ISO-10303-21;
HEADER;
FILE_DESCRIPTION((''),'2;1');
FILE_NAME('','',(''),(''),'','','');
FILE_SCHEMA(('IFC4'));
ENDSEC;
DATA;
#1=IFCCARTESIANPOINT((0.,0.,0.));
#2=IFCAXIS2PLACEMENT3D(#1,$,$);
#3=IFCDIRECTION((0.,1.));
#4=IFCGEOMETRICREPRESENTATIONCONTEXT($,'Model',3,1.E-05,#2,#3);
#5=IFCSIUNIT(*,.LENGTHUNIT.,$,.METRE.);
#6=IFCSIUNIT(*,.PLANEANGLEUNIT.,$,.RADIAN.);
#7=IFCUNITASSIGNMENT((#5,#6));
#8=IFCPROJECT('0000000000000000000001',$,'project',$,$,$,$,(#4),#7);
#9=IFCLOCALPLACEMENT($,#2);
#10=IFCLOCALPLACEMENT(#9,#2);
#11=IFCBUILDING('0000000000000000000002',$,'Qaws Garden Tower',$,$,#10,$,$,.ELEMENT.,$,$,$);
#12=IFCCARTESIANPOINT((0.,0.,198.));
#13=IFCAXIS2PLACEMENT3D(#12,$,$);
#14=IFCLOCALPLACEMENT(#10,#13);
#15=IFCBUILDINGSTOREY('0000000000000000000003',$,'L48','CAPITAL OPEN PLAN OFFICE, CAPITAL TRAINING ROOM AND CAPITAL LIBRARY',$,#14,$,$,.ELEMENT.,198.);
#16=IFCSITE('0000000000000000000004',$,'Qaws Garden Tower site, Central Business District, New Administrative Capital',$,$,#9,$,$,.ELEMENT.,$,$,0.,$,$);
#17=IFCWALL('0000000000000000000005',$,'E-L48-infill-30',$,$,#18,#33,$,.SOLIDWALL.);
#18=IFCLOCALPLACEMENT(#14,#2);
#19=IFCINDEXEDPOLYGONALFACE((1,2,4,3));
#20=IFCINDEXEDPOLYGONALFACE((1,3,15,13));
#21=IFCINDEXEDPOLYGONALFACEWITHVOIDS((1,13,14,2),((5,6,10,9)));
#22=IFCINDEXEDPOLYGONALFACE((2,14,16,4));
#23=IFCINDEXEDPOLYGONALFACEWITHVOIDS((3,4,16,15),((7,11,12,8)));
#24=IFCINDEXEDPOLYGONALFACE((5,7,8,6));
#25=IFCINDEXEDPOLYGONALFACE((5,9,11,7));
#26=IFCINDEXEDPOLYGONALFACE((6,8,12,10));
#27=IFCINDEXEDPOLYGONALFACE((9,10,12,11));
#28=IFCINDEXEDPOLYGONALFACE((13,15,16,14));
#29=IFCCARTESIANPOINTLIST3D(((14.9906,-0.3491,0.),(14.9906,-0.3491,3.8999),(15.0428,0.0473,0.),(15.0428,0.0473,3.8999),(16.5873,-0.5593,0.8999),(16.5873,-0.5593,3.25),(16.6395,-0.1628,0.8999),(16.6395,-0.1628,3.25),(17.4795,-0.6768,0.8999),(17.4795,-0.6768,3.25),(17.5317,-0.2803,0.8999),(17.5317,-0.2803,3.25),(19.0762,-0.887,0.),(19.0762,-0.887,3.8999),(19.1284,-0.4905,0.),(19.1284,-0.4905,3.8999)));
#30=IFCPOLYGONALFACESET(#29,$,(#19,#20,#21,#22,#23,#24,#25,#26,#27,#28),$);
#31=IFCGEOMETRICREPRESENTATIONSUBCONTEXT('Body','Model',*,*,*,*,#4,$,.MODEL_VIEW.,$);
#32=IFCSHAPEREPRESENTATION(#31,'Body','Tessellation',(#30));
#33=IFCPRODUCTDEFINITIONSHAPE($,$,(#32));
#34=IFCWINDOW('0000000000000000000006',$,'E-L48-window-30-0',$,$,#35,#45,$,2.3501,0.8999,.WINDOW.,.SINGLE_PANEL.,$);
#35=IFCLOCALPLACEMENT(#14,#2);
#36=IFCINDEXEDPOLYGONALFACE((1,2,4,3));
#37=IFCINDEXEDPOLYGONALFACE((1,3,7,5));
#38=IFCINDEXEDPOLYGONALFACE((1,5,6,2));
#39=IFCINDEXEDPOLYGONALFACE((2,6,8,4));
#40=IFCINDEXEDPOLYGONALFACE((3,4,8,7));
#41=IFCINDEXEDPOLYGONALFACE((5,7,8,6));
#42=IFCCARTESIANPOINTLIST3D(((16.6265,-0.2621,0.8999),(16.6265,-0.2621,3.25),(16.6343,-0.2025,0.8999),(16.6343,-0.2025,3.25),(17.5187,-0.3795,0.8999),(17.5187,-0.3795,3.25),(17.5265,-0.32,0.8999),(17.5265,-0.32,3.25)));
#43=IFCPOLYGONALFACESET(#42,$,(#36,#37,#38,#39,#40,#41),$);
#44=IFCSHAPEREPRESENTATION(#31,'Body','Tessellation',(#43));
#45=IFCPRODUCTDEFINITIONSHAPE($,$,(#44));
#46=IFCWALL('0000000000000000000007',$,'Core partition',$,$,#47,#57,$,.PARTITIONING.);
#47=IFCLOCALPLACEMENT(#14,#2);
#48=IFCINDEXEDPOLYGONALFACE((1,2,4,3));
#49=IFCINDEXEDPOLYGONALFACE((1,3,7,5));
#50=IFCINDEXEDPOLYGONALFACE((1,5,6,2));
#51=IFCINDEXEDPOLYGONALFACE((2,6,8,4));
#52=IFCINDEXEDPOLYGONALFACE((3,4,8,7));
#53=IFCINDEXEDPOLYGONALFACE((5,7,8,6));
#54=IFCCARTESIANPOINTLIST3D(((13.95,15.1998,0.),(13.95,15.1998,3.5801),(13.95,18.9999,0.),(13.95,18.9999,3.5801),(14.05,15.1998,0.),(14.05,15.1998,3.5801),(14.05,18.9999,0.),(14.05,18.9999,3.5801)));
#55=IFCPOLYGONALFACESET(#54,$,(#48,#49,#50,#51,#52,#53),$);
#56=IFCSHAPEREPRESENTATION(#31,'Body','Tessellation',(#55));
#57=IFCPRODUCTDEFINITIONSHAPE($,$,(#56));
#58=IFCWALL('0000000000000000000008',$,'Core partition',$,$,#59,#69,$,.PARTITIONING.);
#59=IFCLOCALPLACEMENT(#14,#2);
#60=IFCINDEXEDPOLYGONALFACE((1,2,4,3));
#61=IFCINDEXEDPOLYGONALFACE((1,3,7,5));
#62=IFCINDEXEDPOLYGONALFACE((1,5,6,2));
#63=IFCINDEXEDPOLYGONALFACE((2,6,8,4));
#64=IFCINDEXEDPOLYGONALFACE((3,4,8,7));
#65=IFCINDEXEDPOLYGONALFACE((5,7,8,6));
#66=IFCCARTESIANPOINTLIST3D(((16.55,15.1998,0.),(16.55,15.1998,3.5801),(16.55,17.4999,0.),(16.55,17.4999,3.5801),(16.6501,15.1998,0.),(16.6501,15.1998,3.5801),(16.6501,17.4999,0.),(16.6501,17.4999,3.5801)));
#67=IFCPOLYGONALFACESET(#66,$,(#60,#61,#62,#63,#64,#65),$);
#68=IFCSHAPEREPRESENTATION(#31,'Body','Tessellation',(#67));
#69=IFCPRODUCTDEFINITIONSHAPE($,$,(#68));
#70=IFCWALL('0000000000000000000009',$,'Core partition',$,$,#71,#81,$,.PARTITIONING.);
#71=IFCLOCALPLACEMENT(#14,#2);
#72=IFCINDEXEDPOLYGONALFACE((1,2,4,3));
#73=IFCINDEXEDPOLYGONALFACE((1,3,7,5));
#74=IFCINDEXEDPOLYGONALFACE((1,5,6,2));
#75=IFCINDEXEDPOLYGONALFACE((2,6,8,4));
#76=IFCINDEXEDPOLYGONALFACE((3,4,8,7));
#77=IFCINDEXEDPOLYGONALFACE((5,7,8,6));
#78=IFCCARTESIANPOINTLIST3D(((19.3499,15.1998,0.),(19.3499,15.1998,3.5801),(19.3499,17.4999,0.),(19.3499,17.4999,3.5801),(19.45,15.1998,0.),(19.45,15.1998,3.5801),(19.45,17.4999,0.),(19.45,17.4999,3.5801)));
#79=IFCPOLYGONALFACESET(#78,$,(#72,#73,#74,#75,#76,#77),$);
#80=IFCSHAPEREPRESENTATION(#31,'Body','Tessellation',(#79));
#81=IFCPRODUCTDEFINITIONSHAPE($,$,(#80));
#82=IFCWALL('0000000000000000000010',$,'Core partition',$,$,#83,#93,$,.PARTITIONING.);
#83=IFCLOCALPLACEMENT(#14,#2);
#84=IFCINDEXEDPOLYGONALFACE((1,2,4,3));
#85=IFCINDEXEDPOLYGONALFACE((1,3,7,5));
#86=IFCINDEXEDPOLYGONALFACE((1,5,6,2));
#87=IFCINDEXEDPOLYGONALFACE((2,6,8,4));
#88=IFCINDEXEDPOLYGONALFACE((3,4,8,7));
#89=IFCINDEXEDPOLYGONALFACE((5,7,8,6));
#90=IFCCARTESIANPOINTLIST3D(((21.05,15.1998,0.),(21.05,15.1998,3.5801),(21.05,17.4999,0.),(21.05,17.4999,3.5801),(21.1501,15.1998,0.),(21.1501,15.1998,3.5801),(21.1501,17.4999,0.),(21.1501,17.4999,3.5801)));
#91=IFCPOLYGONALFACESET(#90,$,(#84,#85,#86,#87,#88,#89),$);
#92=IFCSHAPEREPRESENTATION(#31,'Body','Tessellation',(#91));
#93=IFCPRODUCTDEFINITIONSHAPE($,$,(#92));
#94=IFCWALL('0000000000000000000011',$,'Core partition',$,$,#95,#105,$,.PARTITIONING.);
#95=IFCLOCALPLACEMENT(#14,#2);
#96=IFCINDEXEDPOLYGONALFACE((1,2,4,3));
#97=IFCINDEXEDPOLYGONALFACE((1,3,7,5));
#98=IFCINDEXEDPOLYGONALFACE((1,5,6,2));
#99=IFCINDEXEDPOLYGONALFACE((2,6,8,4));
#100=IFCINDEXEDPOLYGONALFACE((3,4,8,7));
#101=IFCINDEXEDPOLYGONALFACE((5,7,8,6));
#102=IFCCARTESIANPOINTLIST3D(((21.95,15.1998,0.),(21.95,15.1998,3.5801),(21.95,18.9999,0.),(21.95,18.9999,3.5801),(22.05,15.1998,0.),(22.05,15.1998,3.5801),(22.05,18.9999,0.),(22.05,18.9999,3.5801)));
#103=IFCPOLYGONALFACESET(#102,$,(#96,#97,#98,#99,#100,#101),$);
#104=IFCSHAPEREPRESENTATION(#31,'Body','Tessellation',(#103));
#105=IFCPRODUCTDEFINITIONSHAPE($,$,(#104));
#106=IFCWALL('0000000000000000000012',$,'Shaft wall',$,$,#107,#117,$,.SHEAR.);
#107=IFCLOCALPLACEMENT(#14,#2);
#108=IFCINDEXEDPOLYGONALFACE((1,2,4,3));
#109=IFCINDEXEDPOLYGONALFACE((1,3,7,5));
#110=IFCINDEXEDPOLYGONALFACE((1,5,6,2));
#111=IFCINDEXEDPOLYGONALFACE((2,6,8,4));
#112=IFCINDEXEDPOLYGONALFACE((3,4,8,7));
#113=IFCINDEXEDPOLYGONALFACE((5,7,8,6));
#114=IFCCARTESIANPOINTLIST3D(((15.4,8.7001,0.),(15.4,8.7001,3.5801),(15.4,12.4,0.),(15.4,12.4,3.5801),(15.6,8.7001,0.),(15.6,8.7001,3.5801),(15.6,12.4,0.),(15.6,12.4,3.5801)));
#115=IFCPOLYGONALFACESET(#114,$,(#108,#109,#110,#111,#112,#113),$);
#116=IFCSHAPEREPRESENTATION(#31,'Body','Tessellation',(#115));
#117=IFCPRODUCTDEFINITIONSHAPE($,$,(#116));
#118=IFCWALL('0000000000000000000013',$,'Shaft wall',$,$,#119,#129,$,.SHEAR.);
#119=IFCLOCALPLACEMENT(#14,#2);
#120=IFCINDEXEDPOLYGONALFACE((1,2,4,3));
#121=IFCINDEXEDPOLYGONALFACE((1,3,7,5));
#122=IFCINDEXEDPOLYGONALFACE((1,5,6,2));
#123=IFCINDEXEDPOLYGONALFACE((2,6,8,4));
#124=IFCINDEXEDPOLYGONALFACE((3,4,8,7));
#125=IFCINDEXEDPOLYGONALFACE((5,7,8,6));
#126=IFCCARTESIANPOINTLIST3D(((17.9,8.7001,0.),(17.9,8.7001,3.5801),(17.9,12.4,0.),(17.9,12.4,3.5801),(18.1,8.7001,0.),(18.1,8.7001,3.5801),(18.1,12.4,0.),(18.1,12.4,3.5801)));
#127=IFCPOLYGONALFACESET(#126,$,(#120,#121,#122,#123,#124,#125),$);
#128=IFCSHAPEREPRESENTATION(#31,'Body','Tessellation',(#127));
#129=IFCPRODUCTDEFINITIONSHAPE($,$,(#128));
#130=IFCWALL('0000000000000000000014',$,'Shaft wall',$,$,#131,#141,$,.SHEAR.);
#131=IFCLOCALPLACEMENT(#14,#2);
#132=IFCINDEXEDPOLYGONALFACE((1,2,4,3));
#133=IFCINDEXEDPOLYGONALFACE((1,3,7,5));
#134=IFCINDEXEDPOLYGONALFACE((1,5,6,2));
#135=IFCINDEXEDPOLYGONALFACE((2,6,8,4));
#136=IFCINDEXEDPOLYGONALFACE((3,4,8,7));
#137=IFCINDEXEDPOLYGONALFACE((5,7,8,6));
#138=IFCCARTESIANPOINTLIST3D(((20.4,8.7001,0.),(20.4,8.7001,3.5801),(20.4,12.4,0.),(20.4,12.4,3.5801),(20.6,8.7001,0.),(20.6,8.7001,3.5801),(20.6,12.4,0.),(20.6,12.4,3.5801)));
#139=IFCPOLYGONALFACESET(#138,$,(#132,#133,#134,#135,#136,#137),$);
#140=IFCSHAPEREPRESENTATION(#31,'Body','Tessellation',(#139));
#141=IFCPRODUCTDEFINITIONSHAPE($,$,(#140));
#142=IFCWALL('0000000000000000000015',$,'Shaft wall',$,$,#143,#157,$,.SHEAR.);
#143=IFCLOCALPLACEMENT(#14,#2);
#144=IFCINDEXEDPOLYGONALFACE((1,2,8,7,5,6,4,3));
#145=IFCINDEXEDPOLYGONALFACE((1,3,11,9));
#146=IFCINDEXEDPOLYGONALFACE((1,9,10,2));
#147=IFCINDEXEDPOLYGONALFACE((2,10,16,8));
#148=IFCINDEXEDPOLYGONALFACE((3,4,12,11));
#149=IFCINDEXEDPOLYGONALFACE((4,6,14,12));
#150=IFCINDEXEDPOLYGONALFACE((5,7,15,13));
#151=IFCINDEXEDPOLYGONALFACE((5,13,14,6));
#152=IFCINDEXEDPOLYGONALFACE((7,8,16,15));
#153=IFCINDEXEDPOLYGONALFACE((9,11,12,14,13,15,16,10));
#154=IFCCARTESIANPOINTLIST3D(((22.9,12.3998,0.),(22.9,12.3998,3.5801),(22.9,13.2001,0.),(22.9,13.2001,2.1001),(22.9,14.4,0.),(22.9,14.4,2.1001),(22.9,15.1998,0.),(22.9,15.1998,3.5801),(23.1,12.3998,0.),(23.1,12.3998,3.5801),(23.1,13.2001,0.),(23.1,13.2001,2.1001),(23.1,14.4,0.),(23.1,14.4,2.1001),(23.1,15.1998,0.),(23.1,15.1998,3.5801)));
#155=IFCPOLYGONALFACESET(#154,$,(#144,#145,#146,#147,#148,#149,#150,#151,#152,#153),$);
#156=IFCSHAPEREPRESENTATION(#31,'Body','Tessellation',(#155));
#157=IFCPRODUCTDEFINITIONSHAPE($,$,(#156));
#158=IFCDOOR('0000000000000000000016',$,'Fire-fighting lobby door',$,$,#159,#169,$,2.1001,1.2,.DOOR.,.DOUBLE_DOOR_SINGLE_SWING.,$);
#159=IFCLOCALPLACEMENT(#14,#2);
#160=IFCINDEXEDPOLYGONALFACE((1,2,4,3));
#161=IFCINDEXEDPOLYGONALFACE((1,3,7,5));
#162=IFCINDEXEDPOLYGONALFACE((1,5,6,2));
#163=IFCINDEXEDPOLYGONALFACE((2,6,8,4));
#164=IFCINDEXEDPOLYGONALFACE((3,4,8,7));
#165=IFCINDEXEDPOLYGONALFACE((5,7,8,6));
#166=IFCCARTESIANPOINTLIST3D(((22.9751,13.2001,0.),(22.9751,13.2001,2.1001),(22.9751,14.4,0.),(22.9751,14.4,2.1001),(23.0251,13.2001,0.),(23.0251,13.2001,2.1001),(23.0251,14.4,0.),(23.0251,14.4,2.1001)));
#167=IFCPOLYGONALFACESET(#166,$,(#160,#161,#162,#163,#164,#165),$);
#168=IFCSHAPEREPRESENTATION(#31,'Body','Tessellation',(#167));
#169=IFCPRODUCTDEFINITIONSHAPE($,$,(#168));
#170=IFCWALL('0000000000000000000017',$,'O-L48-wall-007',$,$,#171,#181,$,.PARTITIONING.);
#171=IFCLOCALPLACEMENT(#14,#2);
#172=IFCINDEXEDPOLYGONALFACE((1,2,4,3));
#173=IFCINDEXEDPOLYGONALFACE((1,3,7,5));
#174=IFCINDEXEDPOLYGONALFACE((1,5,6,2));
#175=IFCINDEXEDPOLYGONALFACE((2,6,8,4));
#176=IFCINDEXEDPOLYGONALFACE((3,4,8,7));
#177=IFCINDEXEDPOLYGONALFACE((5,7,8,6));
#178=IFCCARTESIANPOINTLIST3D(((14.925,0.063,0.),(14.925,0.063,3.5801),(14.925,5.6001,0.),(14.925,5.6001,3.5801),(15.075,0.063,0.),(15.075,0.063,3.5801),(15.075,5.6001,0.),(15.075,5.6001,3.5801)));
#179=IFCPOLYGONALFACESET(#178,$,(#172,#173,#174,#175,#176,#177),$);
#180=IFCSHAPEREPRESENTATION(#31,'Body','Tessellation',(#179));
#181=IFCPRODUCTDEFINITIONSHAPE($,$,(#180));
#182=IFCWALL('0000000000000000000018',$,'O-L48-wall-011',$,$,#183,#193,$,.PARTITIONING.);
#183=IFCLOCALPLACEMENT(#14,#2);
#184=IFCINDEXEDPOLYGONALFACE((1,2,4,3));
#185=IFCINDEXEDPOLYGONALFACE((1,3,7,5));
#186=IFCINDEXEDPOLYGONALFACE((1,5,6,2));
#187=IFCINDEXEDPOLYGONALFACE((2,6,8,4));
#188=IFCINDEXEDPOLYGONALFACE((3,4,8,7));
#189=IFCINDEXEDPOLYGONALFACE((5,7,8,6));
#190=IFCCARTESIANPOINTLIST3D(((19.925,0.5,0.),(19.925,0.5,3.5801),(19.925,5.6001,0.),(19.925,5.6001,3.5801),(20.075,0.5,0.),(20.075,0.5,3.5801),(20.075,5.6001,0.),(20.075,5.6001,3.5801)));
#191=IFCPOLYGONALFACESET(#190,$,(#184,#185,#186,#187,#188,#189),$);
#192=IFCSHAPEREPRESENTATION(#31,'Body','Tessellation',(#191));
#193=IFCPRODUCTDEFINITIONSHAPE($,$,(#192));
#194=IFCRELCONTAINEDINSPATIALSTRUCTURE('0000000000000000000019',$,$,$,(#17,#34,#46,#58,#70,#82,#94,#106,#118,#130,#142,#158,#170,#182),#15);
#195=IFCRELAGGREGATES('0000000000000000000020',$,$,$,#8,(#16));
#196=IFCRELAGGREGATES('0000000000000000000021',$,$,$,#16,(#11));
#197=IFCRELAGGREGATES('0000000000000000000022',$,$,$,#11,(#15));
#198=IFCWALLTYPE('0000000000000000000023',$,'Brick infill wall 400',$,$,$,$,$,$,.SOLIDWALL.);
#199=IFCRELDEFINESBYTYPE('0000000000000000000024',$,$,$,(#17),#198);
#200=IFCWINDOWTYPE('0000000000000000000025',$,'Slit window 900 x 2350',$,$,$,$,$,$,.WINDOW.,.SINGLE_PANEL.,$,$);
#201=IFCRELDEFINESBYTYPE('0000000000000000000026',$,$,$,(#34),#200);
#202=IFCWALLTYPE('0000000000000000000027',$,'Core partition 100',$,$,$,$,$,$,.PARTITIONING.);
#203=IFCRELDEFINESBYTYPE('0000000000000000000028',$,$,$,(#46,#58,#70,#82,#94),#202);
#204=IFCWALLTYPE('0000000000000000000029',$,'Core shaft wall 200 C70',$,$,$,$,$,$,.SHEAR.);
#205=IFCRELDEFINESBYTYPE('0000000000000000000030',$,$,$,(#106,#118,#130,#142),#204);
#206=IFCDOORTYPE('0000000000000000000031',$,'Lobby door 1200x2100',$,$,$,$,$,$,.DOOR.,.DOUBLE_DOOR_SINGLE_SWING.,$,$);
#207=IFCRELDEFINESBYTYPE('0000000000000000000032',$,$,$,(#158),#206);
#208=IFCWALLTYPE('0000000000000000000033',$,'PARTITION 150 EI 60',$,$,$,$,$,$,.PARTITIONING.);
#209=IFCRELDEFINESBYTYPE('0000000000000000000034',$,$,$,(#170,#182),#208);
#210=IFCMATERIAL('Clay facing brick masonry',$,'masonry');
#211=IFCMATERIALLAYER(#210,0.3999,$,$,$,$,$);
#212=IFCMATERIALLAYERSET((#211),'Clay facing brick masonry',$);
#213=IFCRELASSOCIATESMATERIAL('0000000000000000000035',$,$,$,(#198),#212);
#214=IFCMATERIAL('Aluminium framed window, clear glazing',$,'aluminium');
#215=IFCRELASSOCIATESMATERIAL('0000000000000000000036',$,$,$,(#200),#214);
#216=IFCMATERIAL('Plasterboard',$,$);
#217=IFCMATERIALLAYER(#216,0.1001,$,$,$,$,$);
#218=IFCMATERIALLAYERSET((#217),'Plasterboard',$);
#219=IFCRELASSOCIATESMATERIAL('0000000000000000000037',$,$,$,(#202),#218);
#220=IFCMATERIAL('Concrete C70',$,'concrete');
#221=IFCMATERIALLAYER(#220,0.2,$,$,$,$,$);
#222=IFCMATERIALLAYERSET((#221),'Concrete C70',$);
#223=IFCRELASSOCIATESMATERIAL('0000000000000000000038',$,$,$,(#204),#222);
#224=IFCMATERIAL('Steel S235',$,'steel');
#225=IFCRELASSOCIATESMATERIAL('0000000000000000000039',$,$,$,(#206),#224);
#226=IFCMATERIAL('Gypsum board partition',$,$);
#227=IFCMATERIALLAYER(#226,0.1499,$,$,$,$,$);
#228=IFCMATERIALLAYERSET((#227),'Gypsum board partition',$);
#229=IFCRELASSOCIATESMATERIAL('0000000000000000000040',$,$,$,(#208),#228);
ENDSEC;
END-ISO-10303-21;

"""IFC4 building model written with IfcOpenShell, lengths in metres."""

from ifc_helpers import new_model, si_unit, direction, frame, frame_2d, origin, place, context, subcontext, project, spatial, rectangle, extrude, material, layer, layer_set, type_object, element, fill, save


model = new_model("IFC4")

# Units and contexts
model_context = context("Model", 3, precision=1e-05, world=origin(), true_north=direction((0.0, 1.0)))
body_context = subcontext(model_context, "Body", "Model", "MODEL_VIEW")
ifc_project = project(units=[si_unit("LENGTHUNIT", "METRE"), si_unit("PLANEANGLEUNIT", "RADIAN")], contexts=[model_context])

# Site, building, storey
site_placement = place(None, origin())
site = spatial("IfcSite", under=ifc_project, at=site_placement, Name="Qaws Garden Tower site, Central Business District, New Administrative Capital", CompositionType="ELEMENT", RefElevation=0.0)
building_placement = place(site_placement, origin())
building = spatial("IfcBuilding", under=site, at=building_placement, Name="Qaws Garden Tower", CompositionType="ELEMENT")
storey_placement = place(building_placement, frame((0.0, 0.0, 198.0)))
storey = spatial("IfcBuildingStorey", under=building, at=storey_placement, Name="L48", Description="CAPITAL OPEN PLAN OFFICE, CAPITAL TRAINING ROOM AND CAPITAL LIBRARY", CompositionType="ELEMENT", Elevation=198.0)

# Shared definitions
ifc_material_1 = material(Name="Clay facing brick masonry", Category="masonry")
ifc_layer_1 = layer(ifc_material_1, 0.3999)
ifc_layer_set_1 = layer_set([ifc_layer_1], Name="Clay facing brick masonry")
wall_type_1 = type_object("IfcWallType", Name="Brick infill wall 400", PredefinedType="SOLIDWALL", material=ifc_layer_set_1)
ifc_material_2 = material(Name="Aluminium framed window, clear glazing", Category="aluminium")
window_type = type_object("IfcWindowType", Name="Slit window 900 x 2350", PartitioningType="SINGLE_PANEL", PredefinedType="WINDOW", material=ifc_material_2)

# Wall, opening, window
wall_1_placement = place(storey_placement, frame((15.0166, -0.1509, 0.0), z_axis=(0.0, 0.0, 1.0), x_axis=(0.991446, -0.130514, 0.0)))
wall_1 = element("IfcWall", 1, at=wall_1_placement, inside=storey, type_object=wall_type_1, Name="E-L48-infill-30", PredefinedType="SOLIDWALL", context=body_context, shape_type="SweptSolid", body=[
    extrude(rectangle(XDim=4.1208, YDim=0.3999, at=frame_2d((2.0605, 0.0))), origin(), (0.0, 0.0, 1.0), 3.8999),
])
opening_1_placement = place(wall_1_placement, frame((1.6106, 0.0, 0.8999)))
opening_1 = element("IfcOpeningElement", 2, at=opening_1_placement, cuts=wall_1, PredefinedType="OPENING", context=body_context, shape_type="SweptSolid", body=[
    extrude(rectangle(XDim=0.8999, YDim=2.3501, at=frame_2d((0.45, 1.175))), frame((0.0, 0.21, 0.0), z_axis=(0.0, -1.0, 0.0), x_axis=(1.0, 0.0, 0.0)), (0.0, 0.0, 1.0), 0.4199),
])
window_1_placement = place(opening_1_placement, origin())
window_1 = element("IfcWindow", 3, at=window_1_placement, inside=storey, type_object=window_type, Name="E-L48-window-30-0", OverallHeight=2.3501, OverallWidth=0.8999, PartitioningType="SINGLE_PANEL", PredefinedType="WINDOW", context=body_context, shape_type="SweptSolid", body=[
    extrude(rectangle(XDim=0.8999, YDim=2.3501, at=frame_2d((0.45, 1.175))), frame((0.0, 0.1599, 0.0), z_axis=(0.0, -1.0, 0.0), x_axis=(1.0, 0.0, 0.0)), (0.0, 0.0, 1.0), 0.0601),
])
fill(opening_1, window_1)

# Walls
ifc_material_3 = material(Name="Plasterboard")
ifc_layer_2 = layer(ifc_material_3, 0.1001)
ifc_layer_set_2 = layer_set([ifc_layer_2], Name="Plasterboard")
wall_type_2 = type_object("IfcWallType", Name="Core partition 100", PredefinedType="PARTITIONING", material=ifc_layer_set_2)
wall_2_placement = place(storey_placement, frame((14.0, 15.2, 0.0), z_axis=(0.0, 0.0, 1.0), x_axis=(0.0, 1.0, 0.0)))
element("IfcWall", 4, at=wall_2_placement, inside=storey, type_object=wall_type_2, Name="Core partition", PredefinedType="PARTITIONING", context=body_context, shape_type="SweptSolid", body=[
    extrude(rectangle(XDim=3.8, YDim=0.1001, at=frame_2d((1.8999, 0.0))), origin(), (0.0, 0.0, 1.0), 3.5801),
])
for number, where, z_axis, x_axis, name in (
    (5, (16.6001, 15.2, 0.0), (0.0, 0.0, 1.0), (0.0, 1.0, 0.0), "Core partition"),
    (6, (19.3999, 15.2, 0.0), (0.0, 0.0, 1.0), (0.0, 1.0, 0.0), "Core partition"),
    (7, (21.1001, 15.2, 0.0), (0.0, 0.0, 1.0), (0.0, 1.0, 0.0), "Core partition"),
):
    element("IfcWall", number, at=place(storey_placement, frame(where, z_axis=z_axis, x_axis=x_axis)), inside=storey, type_object=wall_type_2, Name=name, PredefinedType="PARTITIONING", context=body_context, shape_type="SweptSolid", body=[
        extrude(rectangle(XDim=2.3, YDim=0.1001, at=frame_2d((1.1499, 0.0))), origin(), (0.0, 0.0, 1.0), 3.5801),
    ])
wall_3_placement = place(storey_placement, frame((22.0, 15.2, 0.0), z_axis=(0.0, 0.0, 1.0), x_axis=(0.0, 1.0, 0.0)))
element("IfcWall", 8, at=wall_3_placement, inside=storey, type_object=wall_type_2, Name="Core partition", PredefinedType="PARTITIONING", context=body_context, shape_type="SweptSolid", body=[
    extrude(rectangle(XDim=3.8, YDim=0.1001, at=frame_2d((1.8999, 0.0))), origin(), (0.0, 0.0, 1.0), 3.5801),
])
ifc_material_4 = material(Name="Concrete C70", Category="concrete")
ifc_layer_3 = layer(ifc_material_4, 0.2)
ifc_layer_set_3 = layer_set([ifc_layer_3], Name="Concrete C70")
wall_type_3 = type_object("IfcWallType", Name="Core shaft wall 200 C70", PredefinedType="SHEAR", material=ifc_layer_set_3)
for number, where, z_axis, x_axis, name in (
    (9, (15.5, 8.7, 0.0), (0.0, 0.0, 1.0), (0.0, 1.0, 0.0), "Shaft wall"),
    (10, (18.0, 8.7, 0.0), (0.0, 0.0, 1.0), (0.0, 1.0, 0.0), "Shaft wall"),
    (11, (20.5, 8.7, 0.0), (0.0, 0.0, 1.0), (0.0, 1.0, 0.0), "Shaft wall"),
):
    element("IfcWall", number, at=place(storey_placement, frame(where, z_axis=z_axis, x_axis=x_axis)), inside=storey, type_object=wall_type_3, Name=name, PredefinedType="SHEAR", context=body_context, shape_type="SweptSolid", body=[
        extrude(rectangle(XDim=3.7, YDim=0.2, at=frame_2d((1.8501, 0.0))), origin(), (0.0, 0.0, 1.0), 3.5801),
    ])

# Wall, opening, door
wall_4_placement = place(storey_placement, frame((23.0, 12.3999, 0.0), z_axis=(0.0, 0.0, 1.0), x_axis=(0.0, 1.0, 0.0)))
wall_4 = element("IfcWall", 12, at=wall_4_placement, inside=storey, type_object=wall_type_3, Name="Shaft wall", PredefinedType="SHEAR", context=body_context, shape_type="SweptSolid", body=[
    extrude(rectangle(XDim=2.8, YDim=0.2, at=frame_2d((1.3999, 0.0))), origin(), (0.0, 0.0, 1.0), 3.5801),
])
opening_2_placement = place(wall_4_placement, frame((0.8, 0.0, 0.0)))
opening_2 = element("IfcOpeningElement", 13, at=opening_2_placement, cuts=wall_4, PredefinedType="OPENING", context=body_context, shape_type="SweptSolid", body=[
    extrude(rectangle(XDim=1.2, YDim=2.1001, at=frame_2d((0.6001, 1.05))), frame((0.0, 0.1099, 0.0), z_axis=(0.0, -1.0, 0.0), x_axis=(1.0, 0.0, 0.0)), (0.0, 0.0, 1.0), 0.22),
])
ifc_material_5 = material(Name="Steel S235", Category="steel")
door_type = type_object("IfcDoorType", Name="Lobby door 1200x2100", OperationType="DOUBLE_DOOR_SINGLE_SWING", PredefinedType="DOOR", material=ifc_material_5)
door_placement = place(opening_2_placement, origin())
door = element("IfcDoor", 14, at=door_placement, inside=storey, type_object=door_type, Name="Fire-fighting lobby door", OperationType="DOUBLE_DOOR_SINGLE_SWING", OverallHeight=2.1001, OverallWidth=1.2, PredefinedType="DOOR", context=body_context, shape_type="SweptSolid", body=[
    extrude(rectangle(XDim=1.2, YDim=2.1001, at=frame_2d((0.6001, 1.05))), frame((0.0, 0.0249, 0.0), z_axis=(0.0, -1.0, 0.0), x_axis=(1.0, 0.0, 0.0)), (0.0, 0.0, 1.0), 0.05),
])
fill(opening_2, door)

# Walls
ifc_material_6 = material(Name="Gypsum board partition")
ifc_layer_4 = layer(ifc_material_6, 0.1499)
ifc_layer_set_4 = layer_set([ifc_layer_4], Name="Gypsum board partition")
wall_type_4 = type_object("IfcWallType", Name="PARTITION 150 EI 60", PredefinedType="PARTITIONING", material=ifc_layer_set_4)
wall_5_placement = place(storey_placement, frame((15.0, 0.063, 0.0), z_axis=(0.0, 0.0, 1.0), x_axis=(0.0, 1.0, 0.0)))
element("IfcWall", 15, at=wall_5_placement, inside=storey, type_object=wall_type_4, Name="O-L48-wall-007", PredefinedType="PARTITIONING", context=body_context, shape_type="SweptSolid", body=[
    extrude(rectangle(XDim=5.5371, YDim=0.1499, at=frame_2d((2.7686, 0.0))), origin(), (0.0, 0.0, 1.0), 3.5801),
])
wall_6_placement = place(storey_placement, frame((20.0, 0.5, 0.0), z_axis=(0.0, 0.0, 1.0), x_axis=(0.0, 1.0, 0.0)))
element("IfcWall", 16, at=wall_6_placement, inside=storey, type_object=wall_type_4, Name="O-L48-wall-011", PredefinedType="PARTITIONING", context=body_context, shape_type="SweptSolid", body=[
    extrude(rectangle(XDim=5.1001, YDim=0.1499, at=frame_2d((2.55, 0.0))), origin(), (0.0, 0.0, 1.0), 3.5801),
])

save(model, "model.ifc")
